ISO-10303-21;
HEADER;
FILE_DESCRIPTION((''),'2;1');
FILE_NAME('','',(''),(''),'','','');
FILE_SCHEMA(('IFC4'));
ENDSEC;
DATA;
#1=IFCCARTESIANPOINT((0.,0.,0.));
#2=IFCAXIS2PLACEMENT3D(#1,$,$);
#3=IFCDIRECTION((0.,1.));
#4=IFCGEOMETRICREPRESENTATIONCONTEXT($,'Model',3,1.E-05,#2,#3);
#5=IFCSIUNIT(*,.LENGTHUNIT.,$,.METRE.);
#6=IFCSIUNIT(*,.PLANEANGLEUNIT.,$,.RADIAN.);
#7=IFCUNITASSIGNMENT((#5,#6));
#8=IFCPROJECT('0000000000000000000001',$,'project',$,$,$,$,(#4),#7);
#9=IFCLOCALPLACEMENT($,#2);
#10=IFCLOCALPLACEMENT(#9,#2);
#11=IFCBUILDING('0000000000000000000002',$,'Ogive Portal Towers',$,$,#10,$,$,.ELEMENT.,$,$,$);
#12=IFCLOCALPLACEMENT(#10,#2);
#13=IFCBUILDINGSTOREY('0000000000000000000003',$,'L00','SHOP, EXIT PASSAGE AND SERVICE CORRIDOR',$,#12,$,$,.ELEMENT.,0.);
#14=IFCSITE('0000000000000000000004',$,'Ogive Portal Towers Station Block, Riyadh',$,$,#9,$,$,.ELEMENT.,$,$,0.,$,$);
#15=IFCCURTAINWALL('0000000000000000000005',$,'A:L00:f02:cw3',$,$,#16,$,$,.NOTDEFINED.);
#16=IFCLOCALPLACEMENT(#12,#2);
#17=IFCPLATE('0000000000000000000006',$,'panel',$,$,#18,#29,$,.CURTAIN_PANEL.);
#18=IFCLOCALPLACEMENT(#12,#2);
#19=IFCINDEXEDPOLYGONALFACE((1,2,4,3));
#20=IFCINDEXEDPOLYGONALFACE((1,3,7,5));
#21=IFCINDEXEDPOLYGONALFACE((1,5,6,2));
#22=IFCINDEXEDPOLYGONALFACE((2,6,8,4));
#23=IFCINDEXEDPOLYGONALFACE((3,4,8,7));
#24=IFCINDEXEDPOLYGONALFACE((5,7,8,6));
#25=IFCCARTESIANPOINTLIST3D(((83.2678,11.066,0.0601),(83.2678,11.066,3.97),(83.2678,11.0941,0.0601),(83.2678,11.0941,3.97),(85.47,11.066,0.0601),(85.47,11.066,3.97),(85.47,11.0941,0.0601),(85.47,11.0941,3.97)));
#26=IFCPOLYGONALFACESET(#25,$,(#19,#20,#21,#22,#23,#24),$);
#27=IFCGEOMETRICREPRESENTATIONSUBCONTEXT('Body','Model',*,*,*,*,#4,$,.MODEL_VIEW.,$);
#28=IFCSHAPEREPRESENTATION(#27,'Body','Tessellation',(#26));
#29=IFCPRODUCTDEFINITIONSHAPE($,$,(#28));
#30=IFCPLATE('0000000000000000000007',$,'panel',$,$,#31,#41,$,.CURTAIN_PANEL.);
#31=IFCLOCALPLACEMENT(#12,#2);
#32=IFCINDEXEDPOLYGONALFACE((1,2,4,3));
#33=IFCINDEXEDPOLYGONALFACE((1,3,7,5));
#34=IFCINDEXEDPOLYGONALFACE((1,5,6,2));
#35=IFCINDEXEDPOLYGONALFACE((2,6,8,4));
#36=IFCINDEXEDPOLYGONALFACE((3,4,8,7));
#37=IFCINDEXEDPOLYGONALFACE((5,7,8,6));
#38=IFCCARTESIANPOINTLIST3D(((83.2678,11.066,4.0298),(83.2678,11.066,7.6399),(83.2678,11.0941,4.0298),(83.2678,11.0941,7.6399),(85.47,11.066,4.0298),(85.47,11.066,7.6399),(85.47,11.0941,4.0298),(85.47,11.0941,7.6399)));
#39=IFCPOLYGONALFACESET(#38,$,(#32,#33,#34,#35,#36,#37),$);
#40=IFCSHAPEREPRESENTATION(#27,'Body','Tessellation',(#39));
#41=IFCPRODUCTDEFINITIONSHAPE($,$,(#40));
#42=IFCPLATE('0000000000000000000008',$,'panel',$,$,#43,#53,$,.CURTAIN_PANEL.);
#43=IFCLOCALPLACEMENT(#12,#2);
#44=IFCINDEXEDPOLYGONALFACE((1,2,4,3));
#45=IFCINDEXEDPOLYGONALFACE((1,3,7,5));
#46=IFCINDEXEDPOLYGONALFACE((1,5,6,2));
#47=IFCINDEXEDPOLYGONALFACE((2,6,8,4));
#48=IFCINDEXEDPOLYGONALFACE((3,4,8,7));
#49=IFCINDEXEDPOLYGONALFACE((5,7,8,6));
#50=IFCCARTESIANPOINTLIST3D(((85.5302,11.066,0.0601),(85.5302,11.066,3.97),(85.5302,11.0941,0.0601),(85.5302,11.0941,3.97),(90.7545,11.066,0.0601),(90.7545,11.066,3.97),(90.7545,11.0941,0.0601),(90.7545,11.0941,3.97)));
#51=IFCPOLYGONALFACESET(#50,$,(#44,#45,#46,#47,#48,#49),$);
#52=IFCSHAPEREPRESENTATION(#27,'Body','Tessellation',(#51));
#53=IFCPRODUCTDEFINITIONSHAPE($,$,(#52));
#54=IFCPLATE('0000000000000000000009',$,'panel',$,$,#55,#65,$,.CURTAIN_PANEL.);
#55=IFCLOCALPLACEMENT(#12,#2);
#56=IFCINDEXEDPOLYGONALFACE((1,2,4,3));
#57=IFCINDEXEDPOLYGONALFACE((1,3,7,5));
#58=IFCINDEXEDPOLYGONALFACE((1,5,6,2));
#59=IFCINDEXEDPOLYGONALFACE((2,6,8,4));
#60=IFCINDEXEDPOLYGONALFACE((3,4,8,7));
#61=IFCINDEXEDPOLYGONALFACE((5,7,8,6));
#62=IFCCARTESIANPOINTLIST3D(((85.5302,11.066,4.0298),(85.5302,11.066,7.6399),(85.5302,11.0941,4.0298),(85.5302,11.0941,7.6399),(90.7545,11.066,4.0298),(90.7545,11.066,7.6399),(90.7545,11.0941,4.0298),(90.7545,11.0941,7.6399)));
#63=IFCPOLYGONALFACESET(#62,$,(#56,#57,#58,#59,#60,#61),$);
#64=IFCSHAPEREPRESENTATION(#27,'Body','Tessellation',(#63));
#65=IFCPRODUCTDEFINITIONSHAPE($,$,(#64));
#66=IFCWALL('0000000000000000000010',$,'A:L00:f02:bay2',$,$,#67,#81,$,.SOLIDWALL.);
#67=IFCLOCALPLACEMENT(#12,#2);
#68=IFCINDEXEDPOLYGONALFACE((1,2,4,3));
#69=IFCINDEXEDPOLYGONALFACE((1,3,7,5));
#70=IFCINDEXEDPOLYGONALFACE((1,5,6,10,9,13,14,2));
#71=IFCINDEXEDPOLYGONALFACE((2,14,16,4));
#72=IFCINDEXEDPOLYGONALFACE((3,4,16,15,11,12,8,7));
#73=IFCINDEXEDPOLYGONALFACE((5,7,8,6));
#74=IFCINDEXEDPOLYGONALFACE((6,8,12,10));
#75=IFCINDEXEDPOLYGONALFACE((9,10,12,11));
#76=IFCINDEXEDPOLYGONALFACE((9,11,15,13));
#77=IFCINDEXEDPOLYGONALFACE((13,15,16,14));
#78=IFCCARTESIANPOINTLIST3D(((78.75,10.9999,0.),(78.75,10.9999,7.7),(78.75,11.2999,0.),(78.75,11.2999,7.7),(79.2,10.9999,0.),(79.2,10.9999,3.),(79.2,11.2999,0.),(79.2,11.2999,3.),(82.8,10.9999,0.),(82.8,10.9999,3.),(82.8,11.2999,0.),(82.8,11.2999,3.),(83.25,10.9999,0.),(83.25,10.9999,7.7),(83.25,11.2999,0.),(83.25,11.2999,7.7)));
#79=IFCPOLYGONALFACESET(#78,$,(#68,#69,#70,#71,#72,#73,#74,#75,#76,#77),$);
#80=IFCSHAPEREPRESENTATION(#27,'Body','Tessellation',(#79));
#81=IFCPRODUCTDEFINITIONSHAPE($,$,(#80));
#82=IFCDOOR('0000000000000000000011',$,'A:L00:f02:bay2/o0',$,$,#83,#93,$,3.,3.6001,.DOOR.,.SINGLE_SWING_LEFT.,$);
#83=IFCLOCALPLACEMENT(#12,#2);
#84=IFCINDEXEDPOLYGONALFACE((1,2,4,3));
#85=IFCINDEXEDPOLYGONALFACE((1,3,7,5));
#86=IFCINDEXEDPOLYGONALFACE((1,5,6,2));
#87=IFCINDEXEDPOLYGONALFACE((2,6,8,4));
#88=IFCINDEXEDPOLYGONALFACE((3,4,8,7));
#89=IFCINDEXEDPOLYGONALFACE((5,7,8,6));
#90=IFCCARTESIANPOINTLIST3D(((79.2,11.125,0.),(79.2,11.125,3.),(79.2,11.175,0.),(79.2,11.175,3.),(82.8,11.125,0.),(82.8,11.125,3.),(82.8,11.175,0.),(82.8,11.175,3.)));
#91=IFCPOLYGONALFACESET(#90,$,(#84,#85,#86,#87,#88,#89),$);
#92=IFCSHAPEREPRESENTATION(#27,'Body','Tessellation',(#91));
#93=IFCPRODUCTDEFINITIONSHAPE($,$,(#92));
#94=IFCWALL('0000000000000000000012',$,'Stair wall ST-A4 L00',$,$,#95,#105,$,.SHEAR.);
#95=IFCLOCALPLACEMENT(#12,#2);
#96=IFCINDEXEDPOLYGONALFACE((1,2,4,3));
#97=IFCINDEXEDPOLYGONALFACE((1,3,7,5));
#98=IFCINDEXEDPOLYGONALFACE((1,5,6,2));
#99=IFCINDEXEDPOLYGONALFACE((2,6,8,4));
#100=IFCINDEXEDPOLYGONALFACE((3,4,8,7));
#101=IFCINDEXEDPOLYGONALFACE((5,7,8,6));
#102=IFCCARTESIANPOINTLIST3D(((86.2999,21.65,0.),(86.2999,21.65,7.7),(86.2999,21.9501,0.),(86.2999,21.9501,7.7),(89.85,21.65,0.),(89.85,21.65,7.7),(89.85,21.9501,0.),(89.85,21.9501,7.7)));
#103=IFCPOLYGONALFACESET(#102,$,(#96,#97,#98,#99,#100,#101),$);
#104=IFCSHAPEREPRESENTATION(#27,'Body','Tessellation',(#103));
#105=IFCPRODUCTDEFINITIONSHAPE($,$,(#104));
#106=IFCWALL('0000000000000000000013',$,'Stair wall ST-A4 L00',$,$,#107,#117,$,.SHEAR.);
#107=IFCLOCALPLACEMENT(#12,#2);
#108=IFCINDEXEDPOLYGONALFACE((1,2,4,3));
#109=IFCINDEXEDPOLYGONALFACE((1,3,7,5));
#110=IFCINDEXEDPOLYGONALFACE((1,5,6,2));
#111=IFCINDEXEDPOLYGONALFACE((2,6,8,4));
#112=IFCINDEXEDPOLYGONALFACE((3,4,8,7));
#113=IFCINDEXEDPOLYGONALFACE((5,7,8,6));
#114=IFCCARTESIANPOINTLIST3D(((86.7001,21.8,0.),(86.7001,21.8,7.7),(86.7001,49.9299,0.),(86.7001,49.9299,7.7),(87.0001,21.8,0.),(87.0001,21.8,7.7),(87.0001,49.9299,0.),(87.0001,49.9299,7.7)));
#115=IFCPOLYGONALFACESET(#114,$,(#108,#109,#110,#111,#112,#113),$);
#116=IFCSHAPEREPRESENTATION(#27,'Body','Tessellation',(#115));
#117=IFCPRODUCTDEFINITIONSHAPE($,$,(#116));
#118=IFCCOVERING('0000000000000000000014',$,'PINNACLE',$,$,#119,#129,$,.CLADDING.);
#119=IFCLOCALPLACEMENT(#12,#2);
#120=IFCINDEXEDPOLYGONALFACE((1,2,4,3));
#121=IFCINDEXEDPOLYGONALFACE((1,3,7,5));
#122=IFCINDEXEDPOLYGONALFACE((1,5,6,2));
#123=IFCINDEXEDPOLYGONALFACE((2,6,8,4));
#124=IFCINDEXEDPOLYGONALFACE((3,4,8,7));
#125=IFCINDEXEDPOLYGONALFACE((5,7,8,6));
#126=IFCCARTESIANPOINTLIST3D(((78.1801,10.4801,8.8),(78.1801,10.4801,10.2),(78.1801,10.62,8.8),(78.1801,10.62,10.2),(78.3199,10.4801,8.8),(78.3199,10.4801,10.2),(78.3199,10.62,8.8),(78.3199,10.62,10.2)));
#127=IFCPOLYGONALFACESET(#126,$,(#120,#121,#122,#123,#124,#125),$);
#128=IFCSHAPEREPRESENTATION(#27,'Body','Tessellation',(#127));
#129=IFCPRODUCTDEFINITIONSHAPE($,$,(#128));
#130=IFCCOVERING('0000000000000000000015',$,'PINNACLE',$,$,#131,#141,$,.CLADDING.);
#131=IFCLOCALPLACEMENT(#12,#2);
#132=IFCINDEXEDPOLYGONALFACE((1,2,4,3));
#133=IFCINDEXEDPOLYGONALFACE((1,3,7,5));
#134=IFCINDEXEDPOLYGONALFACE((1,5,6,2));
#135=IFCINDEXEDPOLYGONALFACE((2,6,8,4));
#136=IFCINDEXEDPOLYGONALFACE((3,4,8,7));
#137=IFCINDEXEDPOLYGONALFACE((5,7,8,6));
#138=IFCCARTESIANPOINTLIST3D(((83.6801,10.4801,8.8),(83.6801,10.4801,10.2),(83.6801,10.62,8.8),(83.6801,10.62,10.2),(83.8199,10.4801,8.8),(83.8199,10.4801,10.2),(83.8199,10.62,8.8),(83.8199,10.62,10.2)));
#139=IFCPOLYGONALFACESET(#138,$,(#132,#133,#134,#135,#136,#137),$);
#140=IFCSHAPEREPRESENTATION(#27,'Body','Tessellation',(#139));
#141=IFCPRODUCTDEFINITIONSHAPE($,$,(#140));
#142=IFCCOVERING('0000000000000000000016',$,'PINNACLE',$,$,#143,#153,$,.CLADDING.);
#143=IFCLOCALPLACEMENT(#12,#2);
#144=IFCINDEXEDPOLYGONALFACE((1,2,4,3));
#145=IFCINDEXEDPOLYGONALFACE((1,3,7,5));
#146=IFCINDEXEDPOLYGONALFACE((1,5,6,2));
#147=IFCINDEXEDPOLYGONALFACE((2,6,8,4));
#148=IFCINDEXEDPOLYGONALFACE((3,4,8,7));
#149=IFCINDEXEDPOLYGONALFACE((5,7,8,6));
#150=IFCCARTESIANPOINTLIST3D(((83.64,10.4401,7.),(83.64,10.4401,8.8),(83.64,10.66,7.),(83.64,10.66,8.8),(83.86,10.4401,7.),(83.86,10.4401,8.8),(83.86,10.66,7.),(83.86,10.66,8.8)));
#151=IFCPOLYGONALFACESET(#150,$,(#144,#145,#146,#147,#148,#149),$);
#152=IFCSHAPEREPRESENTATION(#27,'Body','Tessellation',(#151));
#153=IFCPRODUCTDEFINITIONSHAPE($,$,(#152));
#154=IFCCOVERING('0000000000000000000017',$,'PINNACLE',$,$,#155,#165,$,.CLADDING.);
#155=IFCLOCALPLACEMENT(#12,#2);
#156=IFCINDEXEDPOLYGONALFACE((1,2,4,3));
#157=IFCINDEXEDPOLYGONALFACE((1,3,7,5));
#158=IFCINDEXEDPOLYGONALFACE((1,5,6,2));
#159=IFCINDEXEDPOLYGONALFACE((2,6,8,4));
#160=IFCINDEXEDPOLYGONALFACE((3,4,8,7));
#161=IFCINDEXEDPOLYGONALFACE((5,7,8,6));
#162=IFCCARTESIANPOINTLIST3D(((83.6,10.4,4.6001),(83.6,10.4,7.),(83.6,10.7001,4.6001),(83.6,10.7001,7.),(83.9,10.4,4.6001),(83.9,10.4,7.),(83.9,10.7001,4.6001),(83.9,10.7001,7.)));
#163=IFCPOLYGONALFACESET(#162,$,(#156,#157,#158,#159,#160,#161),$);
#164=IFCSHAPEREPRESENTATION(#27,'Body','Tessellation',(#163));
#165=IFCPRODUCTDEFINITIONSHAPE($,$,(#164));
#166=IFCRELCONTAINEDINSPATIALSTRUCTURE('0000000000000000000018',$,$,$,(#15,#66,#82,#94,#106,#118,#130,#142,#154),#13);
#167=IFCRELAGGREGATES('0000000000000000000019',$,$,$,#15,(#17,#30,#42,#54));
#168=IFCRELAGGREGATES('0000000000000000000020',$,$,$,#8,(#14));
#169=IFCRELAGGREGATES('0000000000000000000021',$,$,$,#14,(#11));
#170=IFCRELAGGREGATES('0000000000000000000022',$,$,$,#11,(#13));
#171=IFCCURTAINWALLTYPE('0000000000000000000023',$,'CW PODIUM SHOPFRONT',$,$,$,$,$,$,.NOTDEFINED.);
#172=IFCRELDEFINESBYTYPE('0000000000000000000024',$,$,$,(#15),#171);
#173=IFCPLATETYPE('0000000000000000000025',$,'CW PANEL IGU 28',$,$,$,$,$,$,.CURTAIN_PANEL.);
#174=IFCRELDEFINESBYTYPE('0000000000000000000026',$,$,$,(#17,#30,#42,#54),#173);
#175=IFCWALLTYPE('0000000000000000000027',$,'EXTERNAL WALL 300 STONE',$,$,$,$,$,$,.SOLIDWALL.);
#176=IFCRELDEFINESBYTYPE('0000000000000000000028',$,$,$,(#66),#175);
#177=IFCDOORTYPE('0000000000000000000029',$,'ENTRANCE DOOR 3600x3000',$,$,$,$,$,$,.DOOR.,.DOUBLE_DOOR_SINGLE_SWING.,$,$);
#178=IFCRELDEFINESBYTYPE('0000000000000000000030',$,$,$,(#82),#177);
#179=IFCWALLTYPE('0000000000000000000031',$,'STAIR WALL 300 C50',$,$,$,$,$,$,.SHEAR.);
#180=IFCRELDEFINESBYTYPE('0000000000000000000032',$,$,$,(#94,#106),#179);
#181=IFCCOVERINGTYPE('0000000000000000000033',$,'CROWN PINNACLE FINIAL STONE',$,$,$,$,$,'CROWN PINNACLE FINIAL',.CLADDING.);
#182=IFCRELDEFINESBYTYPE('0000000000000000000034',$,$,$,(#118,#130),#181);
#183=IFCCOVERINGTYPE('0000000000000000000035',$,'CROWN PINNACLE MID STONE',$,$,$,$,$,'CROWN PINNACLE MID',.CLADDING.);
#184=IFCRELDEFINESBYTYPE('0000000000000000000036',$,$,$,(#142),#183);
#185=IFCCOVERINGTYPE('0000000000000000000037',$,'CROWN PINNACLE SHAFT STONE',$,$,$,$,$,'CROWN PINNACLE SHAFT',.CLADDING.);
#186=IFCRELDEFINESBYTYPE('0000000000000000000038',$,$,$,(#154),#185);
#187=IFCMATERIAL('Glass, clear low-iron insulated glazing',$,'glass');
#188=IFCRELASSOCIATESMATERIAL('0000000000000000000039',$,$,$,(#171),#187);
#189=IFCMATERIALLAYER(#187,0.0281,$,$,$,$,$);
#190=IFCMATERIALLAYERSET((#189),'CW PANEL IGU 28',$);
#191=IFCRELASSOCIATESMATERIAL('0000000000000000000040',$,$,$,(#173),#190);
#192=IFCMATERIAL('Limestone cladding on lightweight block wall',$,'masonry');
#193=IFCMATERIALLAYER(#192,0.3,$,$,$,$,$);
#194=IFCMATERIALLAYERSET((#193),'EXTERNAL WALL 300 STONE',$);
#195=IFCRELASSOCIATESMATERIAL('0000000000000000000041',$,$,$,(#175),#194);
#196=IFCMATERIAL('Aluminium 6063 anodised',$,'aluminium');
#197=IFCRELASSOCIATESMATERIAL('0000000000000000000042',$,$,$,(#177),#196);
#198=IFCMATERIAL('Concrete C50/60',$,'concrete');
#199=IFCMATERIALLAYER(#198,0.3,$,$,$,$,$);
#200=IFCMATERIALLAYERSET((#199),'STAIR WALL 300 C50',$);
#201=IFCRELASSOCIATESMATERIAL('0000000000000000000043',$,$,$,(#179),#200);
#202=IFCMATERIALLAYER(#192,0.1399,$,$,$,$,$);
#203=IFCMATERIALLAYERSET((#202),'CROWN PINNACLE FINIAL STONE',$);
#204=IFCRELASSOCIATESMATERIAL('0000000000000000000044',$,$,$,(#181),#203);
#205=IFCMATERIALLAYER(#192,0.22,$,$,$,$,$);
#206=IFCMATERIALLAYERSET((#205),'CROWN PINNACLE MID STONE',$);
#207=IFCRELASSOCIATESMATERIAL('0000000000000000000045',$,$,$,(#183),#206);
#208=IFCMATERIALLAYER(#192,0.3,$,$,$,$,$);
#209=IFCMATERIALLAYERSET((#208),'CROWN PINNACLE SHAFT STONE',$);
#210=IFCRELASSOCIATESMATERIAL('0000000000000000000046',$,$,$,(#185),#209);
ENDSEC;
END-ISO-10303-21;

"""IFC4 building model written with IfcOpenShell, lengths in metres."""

from ifc_helpers import new_model, si_unit, direction, frame, frame_2d, origin, origin_2d, place, context, subcontext, project, spatial, rectangle, extrude, material, layer, layer_set, type_object, element, fill, aggregate, save


model = new_model("IFC4")

# Units and contexts
model_context = context("Model", 3, precision=1e-05, world=origin(), true_north=direction((0.0, 1.0)))
body_context = subcontext(model_context, "Body", "Model", "MODEL_VIEW")
ifc_project = project(units=[si_unit("LENGTHUNIT", "METRE"), si_unit("PLANEANGLEUNIT", "RADIAN")], contexts=[model_context])

# Site, building, storey
site_placement = place(None, origin())
site = spatial("IfcSite", under=ifc_project, at=site_placement, Name="Ogive Portal Towers Station Block, Riyadh", CompositionType="ELEMENT", RefElevation=0.0)
building_placement = place(site_placement, origin())
building = spatial("IfcBuilding", under=site, at=building_placement, Name="Ogive Portal Towers", CompositionType="ELEMENT")
storey_placement = place(building_placement, origin())
storey = spatial("IfcBuildingStorey", under=building, at=storey_placement, Name="L00", Description="SHOP, EXIT PASSAGE AND SERVICE CORRIDOR", CompositionType="ELEMENT", Elevation=0.0)

# Shared definitions
ifc_material_1 = material(Name="Concrete C50/60", Category="concrete")

# Shared definitions
ifc_material_2 = material(Name="Glass, clear low-iron insulated glazing", Category="glass")
curtain_wall_type = type_object("IfcCurtainWallType", Name="CW PODIUM SHOPFRONT", PredefinedType="NOTDEFINED", material=ifc_material_2)
ifc_material_3 = material(Name="Aluminium 6063 anodised", Category="aluminium")

# Curtain wall, plates
curtain_wall_1_placement = place(storey_placement, origin())
curtain_wall_1 = element("IfcCurtainWall", 1, at=curtain_wall_1_placement, inside=storey, type_object=curtain_wall_type, Name="A:L00:f02:cw3", PredefinedType="NOTDEFINED")
ifc_layer_1 = layer(ifc_material_2, 0.0281)
ifc_layer_set_1 = layer_set([ifc_layer_1], Name="CW PANEL IGU 28")
plate_type = type_object("IfcPlateType", Name="CW PANEL IGU 28", PredefinedType="CURTAIN_PANEL", material=ifc_layer_set_1)
plate_1_placement = place(storey_placement, frame((84.3689, 11.0801, 0.0601), z_axis=(0.0, 0.0, 1.0), x_axis=(1.0, 0.0, 0.0)))
plate_1 = element("IfcPlate", 2, at=plate_1_placement, type_object=plate_type, Name="panel", PredefinedType="CURTAIN_PANEL", context=body_context, shape_type="SweptSolid", body=[
    extrude(rectangle(XDim=2.2021, YDim=0.0281, at=origin_2d()), origin(), (0.0, 0.0, 1.0), 3.9099),
])
plate_2_placement = place(storey_placement, frame((84.3689, 11.0801, 4.0298), z_axis=(0.0, 0.0, 1.0), x_axis=(1.0, 0.0, 0.0)))
plate_2 = element("IfcPlate", 3, at=plate_2_placement, type_object=plate_type, Name="panel", PredefinedType="CURTAIN_PANEL", context=body_context, shape_type="SweptSolid", body=[
    extrude(rectangle(XDim=2.2021, YDim=0.0281, at=origin_2d()), origin(), (0.0, 0.0, 1.0), 3.6101),
])
plate_3_placement = place(storey_placement, frame((88.1423, 11.0801, 0.0601), z_axis=(0.0, 0.0, 1.0), x_axis=(1.0, 0.0, 0.0)))
plate_3 = element("IfcPlate", 4, at=plate_3_placement, type_object=plate_type, Name="panel", PredefinedType="CURTAIN_PANEL", context=body_context, shape_type="SweptSolid", body=[
    extrude(rectangle(XDim=5.2244, YDim=0.0281, at=origin_2d()), origin(), (0.0, 0.0, 1.0), 3.9099),
])
plate_4_placement = place(storey_placement, frame((88.1423, 11.0801, 4.0298), z_axis=(0.0, 0.0, 1.0), x_axis=(1.0, 0.0, 0.0)))
plate_4 = element("IfcPlate", 5, at=plate_4_placement, type_object=plate_type, Name="panel", PredefinedType="CURTAIN_PANEL", context=body_context, shape_type="SweptSolid", body=[
    extrude(rectangle(XDim=5.2244, YDim=0.0281, at=origin_2d()), origin(), (0.0, 0.0, 1.0), 3.6101),
])
aggregate(curtain_wall_1, [plate_1, plate_2, plate_3, plate_4])

# Wall, opening, door
ifc_material_4 = material(Name="Limestone cladding on lightweight block wall", Category="masonry")
ifc_layer_2 = layer(ifc_material_4, 0.3)
ifc_layer_set_2 = layer_set([ifc_layer_2], Name="EXTERNAL WALL 300 STONE")
wall_type_1 = type_object("IfcWallType", Name="EXTERNAL WALL 300 STONE", PredefinedType="SOLIDWALL", material=ifc_layer_set_2)
wall_1_placement = place(storey_placement, frame((83.25, 11.1499, 0.0), z_axis=(0.0, 0.0, 1.0), x_axis=(-1.0, 0.0, 0.0)))
wall_1 = element("IfcWall", 6, at=wall_1_placement, inside=storey, type_object=wall_type_1, Name="A:L00:f02:bay2", PredefinedType="SOLIDWALL", context=body_context, shape_type="SweptSolid", body=[
    extrude(rectangle(XDim=4.5, YDim=0.3, at=frame_2d((2.25, 0.0))), origin(), (0.0, 0.0, 1.0), 7.7),
])
opening_placement = place(wall_1_placement, frame((0.45, 0.0, 0.0)))
opening = element("IfcOpeningElement", 7, at=opening_placement, cuts=wall_1, PredefinedType="OPENING", context=body_context, shape_type="SweptSolid", body=[
    extrude(rectangle(XDim=3.6001, YDim=3.0, at=frame_2d((1.8, 1.5))), frame((0.0, 0.1602, 0.0), z_axis=(0.0, -1.0, 0.0), x_axis=(1.0, 0.0, 0.0)), (0.0, 0.0, 1.0), 0.3201),
])
door_type = type_object("IfcDoorType", Name="ENTRANCE DOOR 3600x3000", OperationType="DOUBLE_DOOR_SINGLE_SWING", PredefinedType="DOOR", material=ifc_material_3)
door_placement = place(opening_placement, origin())
door = element("IfcDoor", 8, at=door_placement, inside=storey, type_object=door_type, Name="A:L00:f02:bay2/o0", OperationType="SINGLE_SWING_LEFT", OverallHeight=3.0, OverallWidth=3.6001, PredefinedType="DOOR", context=body_context, shape_type="SweptSolid", body=[
    extrude(rectangle(XDim=3.6001, YDim=3.0, at=frame_2d((1.8, 1.5))), frame((0.0, 0.0249, 0.0), z_axis=(0.0, -1.0, 0.0), x_axis=(1.0, 0.0, 0.0)), (0.0, 0.0, 1.0), 0.05),
])
fill(opening, door)

# Walls
ifc_layer_3 = layer(ifc_material_1, 0.3)
ifc_layer_set_3 = layer_set([ifc_layer_3], Name="STAIR WALL 300 C50")
wall_type_2 = type_object("IfcWallType", Name="STAIR WALL 300 C50", PredefinedType="SHEAR", material=ifc_layer_set_3)
wall_2_placement = place(storey_placement, frame((86.3, 21.8, 0.0), z_axis=(0.0, 0.0, 1.0), x_axis=(1.0, 0.0, 0.0)))
element("IfcWall", 9, at=wall_2_placement, inside=storey, type_object=wall_type_2, Name="Stair wall ST-A4 L00", PredefinedType="SHEAR", context=body_context, shape_type="SweptSolid", body=[
    extrude(rectangle(XDim=3.55, YDim=0.3, at=frame_2d((1.7749, 0.0))), origin(), (0.0, 0.0, 1.0), 7.7),
])
wall_3_placement = place(storey_placement, frame((86.8501, 21.8, 0.0), z_axis=(0.0, 0.0, 1.0), x_axis=(0.0, 1.0, 0.0)))
element("IfcWall", 10, at=wall_3_placement, inside=storey, type_object=wall_type_2, Name="Stair wall ST-A4 L00", PredefinedType="SHEAR", context=body_context, shape_type="SweptSolid", body=[
    extrude(rectangle(XDim=28.1299, YDim=0.3, at=frame_2d((14.0649, 0.0))), origin(), (0.0, 0.0, 1.0), 7.7),
])

# Coverings
ifc_layer_4 = layer(ifc_material_4, 0.1399)
ifc_layer_set_4 = layer_set([ifc_layer_4], Name="CROWN PINNACLE FINIAL STONE")
covering_type_1 = type_object("IfcCoveringType", Name="CROWN PINNACLE FINIAL STONE", ElementType="CROWN PINNACLE FINIAL", PredefinedType="CLADDING", material=ifc_layer_set_4)
for number, where, z_axis, x_axis, name in (
    (11, (78.25, 10.55, 8.8), (0.0, 0.0, 1.0), (1.0, 0.0, 0.0), "PINNACLE"),
    (12, (83.75, 10.55, 8.8), (0.0, 0.0, 1.0), (1.0, 0.0, 0.0), "PINNACLE"),
):
    element("IfcCovering", number, at=place(storey_placement, frame(where, z_axis=z_axis, x_axis=x_axis)), inside=storey, type_object=covering_type_1, Name=name, PredefinedType="CLADDING", context=body_context, shape_type="SweptSolid", body=[
        extrude(rectangle(XDim=0.1399, YDim=0.1399, at=origin_2d()), origin(), (0.0, 0.0, 1.0), 1.3999),
    ])
ifc_layer_5 = layer(ifc_material_4, 0.22)
ifc_layer_set_5 = layer_set([ifc_layer_5], Name="CROWN PINNACLE MID STONE")
covering_type_2 = type_object("IfcCoveringType", Name="CROWN PINNACLE MID STONE", ElementType="CROWN PINNACLE MID", PredefinedType="CLADDING", material=ifc_layer_set_5)
covering_1_placement = place(storey_placement, frame((83.75, 10.55, 7.0), z_axis=(0.0, 0.0, 1.0), x_axis=(1.0, 0.0, 0.0)))
element("IfcCovering", 13, at=covering_1_placement, inside=storey, type_object=covering_type_2, Name="PINNACLE", PredefinedType="CLADDING", context=body_context, shape_type="SweptSolid", body=[
    extrude(rectangle(XDim=0.22, YDim=0.22, at=origin_2d()), origin(), (0.0, 0.0, 1.0), 1.8),
])
ifc_layer_6 = layer(ifc_material_4, 0.3)
ifc_layer_set_6 = layer_set([ifc_layer_6], Name="CROWN PINNACLE SHAFT STONE")
covering_type_3 = type_object("IfcCoveringType", Name="CROWN PINNACLE SHAFT STONE", ElementType="CROWN PINNACLE SHAFT", PredefinedType="CLADDING", material=ifc_layer_set_6)
covering_2_placement = place(storey_placement, frame((83.75, 10.55, 4.6001), z_axis=(0.0, 0.0, 1.0), x_axis=(1.0, 0.0, 0.0)))
element("IfcCovering", 14, at=covering_2_placement, inside=storey, type_object=covering_type_3, Name="PINNACLE", PredefinedType="CLADDING", context=body_context, shape_type="SweptSolid", body=[
    extrude(rectangle(XDim=0.3, YDim=0.3, at=origin_2d()), origin(), (0.0, 0.0, 1.0), 2.3999),
])

save(model, "model.ifc")
